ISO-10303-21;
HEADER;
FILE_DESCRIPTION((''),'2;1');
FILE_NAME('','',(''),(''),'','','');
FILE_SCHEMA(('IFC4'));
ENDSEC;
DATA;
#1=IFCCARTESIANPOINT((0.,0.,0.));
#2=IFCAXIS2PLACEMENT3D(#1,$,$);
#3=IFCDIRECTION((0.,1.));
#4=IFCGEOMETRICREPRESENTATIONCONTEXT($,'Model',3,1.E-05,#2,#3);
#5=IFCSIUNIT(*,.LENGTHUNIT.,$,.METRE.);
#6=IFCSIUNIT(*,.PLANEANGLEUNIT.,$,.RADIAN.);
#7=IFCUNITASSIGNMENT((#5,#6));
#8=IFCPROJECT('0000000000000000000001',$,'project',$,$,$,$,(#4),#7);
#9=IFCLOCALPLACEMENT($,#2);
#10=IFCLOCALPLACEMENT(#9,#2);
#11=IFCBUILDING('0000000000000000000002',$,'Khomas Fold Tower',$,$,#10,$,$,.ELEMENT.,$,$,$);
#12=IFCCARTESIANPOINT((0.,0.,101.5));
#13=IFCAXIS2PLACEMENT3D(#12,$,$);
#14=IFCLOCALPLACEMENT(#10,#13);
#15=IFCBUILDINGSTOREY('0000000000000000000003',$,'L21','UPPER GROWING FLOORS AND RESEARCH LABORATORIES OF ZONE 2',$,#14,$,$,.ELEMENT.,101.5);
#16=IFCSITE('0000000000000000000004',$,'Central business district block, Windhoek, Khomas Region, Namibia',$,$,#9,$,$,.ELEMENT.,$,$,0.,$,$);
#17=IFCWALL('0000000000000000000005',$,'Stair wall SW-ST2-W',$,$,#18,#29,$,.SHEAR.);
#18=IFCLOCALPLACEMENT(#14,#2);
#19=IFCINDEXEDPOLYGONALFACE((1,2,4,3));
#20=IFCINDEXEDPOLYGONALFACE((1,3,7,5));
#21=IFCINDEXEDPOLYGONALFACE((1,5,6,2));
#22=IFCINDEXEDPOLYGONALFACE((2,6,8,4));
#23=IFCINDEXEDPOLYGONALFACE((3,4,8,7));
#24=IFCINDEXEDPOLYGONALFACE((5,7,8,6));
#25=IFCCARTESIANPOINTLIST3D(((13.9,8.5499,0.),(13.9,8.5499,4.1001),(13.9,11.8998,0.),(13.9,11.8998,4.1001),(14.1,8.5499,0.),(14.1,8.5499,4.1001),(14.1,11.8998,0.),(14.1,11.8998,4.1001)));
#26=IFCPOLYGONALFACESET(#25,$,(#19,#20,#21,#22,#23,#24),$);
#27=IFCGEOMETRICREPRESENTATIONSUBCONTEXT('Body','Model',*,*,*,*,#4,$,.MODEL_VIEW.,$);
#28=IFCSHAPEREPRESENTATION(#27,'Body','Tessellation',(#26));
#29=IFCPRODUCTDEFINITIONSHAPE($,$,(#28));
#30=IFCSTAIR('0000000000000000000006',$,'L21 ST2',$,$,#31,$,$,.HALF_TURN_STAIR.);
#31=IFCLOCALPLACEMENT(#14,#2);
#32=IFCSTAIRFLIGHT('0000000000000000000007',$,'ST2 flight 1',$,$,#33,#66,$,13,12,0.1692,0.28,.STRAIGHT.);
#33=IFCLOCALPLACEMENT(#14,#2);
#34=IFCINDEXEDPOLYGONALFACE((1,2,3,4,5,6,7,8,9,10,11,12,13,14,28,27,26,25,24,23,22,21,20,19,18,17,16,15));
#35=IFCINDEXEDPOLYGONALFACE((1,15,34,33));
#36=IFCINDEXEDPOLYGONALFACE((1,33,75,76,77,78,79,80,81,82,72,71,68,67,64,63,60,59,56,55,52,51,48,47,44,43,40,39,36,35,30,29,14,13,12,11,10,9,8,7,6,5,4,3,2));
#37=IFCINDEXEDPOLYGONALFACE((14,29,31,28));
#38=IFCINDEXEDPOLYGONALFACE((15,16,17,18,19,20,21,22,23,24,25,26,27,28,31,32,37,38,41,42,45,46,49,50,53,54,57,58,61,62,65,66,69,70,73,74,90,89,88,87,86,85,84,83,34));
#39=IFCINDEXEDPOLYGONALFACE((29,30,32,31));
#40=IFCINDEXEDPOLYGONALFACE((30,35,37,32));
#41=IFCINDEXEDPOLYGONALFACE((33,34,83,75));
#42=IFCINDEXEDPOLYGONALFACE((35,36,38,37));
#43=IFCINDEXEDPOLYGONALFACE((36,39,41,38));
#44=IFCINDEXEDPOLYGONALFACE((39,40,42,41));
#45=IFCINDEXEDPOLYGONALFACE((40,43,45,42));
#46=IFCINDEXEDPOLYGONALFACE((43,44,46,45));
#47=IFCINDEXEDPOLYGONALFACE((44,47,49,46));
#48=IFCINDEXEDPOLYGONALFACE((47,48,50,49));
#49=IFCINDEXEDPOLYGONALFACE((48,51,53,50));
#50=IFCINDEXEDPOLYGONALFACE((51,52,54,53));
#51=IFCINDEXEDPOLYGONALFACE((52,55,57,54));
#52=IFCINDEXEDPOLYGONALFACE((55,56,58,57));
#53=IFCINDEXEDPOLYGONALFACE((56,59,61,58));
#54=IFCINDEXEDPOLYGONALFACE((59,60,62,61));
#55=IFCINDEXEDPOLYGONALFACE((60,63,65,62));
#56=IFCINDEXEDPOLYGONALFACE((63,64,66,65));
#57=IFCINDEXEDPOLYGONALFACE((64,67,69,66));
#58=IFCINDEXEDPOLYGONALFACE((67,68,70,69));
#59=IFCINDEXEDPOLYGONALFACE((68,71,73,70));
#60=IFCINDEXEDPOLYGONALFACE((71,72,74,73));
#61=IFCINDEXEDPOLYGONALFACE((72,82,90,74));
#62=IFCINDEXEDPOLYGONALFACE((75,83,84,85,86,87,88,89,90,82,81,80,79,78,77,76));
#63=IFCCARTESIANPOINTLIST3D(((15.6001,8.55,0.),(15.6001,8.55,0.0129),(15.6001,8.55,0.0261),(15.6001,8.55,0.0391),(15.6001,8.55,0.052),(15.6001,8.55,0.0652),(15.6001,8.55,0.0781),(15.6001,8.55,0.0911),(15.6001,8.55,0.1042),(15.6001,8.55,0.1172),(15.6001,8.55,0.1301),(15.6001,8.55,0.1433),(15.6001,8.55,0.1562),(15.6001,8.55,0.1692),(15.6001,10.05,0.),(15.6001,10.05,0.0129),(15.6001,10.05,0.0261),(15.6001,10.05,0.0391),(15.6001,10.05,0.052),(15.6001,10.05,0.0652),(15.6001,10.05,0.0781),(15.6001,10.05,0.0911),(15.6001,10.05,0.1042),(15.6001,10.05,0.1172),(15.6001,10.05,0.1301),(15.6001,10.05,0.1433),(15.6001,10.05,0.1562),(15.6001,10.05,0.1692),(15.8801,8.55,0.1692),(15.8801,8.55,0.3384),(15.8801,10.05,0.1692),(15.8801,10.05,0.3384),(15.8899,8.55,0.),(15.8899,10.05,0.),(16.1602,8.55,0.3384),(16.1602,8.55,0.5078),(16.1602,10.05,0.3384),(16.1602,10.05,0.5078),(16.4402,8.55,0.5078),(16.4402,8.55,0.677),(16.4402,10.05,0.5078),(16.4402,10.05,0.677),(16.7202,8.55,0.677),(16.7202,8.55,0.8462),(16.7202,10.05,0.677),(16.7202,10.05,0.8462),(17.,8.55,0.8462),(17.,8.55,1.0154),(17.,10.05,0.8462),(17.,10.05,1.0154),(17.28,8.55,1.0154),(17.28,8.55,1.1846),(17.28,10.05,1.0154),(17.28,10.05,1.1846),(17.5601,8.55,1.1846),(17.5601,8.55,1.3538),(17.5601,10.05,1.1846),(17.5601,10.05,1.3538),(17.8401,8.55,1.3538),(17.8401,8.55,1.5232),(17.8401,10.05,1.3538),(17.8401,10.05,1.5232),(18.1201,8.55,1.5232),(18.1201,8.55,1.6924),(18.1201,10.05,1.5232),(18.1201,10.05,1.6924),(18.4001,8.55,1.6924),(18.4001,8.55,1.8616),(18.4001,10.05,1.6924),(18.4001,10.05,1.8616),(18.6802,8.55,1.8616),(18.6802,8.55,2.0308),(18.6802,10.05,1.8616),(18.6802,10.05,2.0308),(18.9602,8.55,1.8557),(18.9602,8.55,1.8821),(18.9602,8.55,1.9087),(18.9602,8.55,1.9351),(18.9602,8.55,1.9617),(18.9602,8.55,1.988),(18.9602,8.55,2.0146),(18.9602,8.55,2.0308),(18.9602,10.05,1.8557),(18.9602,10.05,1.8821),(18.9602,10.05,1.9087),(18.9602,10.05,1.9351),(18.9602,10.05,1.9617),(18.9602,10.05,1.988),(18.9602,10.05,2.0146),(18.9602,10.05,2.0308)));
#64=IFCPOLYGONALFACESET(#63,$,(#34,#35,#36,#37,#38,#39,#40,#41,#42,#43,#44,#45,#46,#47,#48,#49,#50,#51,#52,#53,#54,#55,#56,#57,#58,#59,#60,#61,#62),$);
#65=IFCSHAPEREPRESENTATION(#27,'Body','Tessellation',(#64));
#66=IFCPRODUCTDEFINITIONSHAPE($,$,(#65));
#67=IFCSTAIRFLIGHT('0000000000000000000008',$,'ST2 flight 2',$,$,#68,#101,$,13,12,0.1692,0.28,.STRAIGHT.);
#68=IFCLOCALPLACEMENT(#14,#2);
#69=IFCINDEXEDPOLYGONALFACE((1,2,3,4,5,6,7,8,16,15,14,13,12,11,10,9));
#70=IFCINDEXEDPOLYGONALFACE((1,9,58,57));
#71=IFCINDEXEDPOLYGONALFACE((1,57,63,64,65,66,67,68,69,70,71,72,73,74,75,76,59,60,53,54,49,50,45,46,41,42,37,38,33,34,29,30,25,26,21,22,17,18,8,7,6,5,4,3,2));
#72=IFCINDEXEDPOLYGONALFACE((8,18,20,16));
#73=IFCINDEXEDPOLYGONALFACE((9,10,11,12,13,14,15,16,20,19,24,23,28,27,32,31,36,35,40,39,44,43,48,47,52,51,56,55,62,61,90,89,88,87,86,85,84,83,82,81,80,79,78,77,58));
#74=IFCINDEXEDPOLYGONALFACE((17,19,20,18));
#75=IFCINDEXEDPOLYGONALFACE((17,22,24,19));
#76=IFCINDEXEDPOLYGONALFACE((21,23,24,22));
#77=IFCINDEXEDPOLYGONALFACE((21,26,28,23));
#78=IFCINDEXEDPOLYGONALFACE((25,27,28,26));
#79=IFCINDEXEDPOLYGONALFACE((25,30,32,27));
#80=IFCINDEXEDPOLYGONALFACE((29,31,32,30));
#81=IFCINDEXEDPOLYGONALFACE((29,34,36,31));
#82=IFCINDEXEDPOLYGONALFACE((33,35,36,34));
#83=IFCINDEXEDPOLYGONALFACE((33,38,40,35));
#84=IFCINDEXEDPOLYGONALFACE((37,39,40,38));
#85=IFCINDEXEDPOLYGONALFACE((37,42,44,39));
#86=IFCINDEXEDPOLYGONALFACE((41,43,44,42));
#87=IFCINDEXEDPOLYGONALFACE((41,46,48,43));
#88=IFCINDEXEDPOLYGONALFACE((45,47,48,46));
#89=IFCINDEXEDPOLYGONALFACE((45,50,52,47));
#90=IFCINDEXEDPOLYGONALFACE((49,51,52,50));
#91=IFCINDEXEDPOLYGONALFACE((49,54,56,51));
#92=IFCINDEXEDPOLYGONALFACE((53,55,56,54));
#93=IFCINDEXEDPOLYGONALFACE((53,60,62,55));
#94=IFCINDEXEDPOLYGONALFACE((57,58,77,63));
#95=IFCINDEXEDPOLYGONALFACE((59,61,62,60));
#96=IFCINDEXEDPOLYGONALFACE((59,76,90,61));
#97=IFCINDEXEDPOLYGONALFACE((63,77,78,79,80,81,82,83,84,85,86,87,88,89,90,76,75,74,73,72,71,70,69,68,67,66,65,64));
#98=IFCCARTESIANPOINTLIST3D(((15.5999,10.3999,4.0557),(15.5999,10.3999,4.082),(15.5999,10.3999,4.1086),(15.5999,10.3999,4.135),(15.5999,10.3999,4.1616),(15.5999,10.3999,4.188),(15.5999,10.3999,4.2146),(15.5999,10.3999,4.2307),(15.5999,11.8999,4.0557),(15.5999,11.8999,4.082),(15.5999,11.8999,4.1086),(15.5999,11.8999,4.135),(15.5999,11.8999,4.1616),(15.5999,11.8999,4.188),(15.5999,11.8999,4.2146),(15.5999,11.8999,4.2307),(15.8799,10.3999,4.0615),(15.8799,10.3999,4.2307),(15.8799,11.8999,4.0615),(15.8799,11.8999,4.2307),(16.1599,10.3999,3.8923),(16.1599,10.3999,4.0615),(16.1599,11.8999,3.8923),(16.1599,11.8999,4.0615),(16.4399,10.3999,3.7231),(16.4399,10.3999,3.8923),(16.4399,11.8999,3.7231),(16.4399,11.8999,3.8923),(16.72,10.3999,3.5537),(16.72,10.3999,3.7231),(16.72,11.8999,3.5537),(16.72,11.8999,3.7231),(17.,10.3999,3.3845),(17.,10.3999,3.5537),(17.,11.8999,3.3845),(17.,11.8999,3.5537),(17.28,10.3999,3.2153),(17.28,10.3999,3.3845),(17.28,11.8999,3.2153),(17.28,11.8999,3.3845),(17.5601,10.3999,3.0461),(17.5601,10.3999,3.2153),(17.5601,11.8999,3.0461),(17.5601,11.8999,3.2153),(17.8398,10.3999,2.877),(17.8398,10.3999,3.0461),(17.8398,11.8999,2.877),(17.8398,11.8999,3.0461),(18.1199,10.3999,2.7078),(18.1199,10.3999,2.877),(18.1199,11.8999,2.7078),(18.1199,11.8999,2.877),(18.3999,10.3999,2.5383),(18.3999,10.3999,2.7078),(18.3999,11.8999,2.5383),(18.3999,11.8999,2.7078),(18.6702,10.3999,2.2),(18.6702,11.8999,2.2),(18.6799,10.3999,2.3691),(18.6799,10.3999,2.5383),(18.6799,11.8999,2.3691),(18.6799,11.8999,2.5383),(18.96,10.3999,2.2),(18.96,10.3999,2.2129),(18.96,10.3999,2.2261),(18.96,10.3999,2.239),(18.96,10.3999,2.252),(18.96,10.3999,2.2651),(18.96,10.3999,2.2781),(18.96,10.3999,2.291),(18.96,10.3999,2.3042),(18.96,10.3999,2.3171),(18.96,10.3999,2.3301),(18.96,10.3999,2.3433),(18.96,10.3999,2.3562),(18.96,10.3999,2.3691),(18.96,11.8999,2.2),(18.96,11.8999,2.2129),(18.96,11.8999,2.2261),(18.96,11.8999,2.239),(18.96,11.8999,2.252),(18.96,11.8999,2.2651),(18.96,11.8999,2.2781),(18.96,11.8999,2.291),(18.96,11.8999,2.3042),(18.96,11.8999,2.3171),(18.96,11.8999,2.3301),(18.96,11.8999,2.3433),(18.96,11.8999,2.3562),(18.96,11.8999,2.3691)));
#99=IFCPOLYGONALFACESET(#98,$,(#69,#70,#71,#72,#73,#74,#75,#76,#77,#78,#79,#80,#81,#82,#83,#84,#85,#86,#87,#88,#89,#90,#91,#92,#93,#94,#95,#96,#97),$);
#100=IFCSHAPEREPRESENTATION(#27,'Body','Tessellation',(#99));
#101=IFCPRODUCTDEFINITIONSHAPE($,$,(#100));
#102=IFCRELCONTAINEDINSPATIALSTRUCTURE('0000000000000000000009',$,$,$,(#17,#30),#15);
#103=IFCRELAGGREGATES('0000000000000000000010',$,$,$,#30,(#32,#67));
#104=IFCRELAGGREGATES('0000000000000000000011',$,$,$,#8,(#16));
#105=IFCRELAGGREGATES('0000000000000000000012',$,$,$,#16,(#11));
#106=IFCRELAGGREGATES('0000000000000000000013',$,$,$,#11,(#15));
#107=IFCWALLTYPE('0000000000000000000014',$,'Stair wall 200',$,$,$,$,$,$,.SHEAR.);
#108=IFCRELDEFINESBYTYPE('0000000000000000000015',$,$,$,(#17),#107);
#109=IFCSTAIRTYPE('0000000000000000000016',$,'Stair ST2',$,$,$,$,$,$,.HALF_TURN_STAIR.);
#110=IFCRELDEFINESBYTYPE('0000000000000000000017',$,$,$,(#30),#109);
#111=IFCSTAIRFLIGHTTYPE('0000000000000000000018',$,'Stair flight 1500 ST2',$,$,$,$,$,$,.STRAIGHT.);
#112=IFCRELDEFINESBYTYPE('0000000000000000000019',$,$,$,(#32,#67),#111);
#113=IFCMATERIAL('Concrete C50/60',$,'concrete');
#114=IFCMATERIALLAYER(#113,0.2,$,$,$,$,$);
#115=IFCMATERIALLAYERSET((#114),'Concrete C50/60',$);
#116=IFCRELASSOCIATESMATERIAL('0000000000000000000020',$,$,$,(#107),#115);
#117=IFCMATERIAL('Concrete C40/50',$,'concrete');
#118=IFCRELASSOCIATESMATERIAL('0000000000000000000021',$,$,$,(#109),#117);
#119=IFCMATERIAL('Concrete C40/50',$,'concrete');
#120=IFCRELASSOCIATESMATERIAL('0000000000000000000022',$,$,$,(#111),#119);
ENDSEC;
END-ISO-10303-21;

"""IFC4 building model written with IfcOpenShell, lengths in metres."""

from ifc_helpers import new_model, si_unit, direction, frame, frame_2d, origin, place, context, subcontext, project, spatial, polyline, rectangle, outline, extrude, source, transform, mapped, material, layer, layer_set, type_object, element, aggregate, save


model = new_model("IFC4")

# Units and contexts
model_context = context("Model", 3, precision=1e-05, world=origin(), true_north=direction((0.0, 1.0)))
body_context = subcontext(model_context, "Body", "Model", "MODEL_VIEW")
ifc_project = project(units=[si_unit("LENGTHUNIT", "METRE"), si_unit("PLANEANGLEUNIT", "RADIAN")], contexts=[model_context])

# Site, building, storey
site_placement = place(None, origin())
site = spatial("IfcSite", under=ifc_project, at=site_placement, Name="Central business district block, Windhoek, Khomas Region, Namibia", CompositionType="ELEMENT", RefElevation=0.0)
building_placement = place(site_placement, origin())
building = spatial("IfcBuilding", under=site, at=building_placement, Name="Khomas Fold Tower", CompositionType="ELEMENT")
storey_placement = place(building_placement, frame((0.0, 0.0, 101.5)))
storey = spatial("IfcBuildingStorey", under=building, at=storey_placement, Name="L21", Description="UPPER GROWING FLOORS AND RESEARCH LABORATORIES OF ZONE 2", CompositionType="ELEMENT", Elevation=101.5)

# Shared definitions
ifc_material_1 = material(Name="Concrete C50/60", Category="concrete")
ifc_layer_1 = layer(ifc_material_1, 0.2)
ifc_layer_set_1 = layer_set([ifc_layer_1], Name="Concrete C50/60")
wall_type_1 = type_object("IfcWallType", Name="Stair wall 200", PredefinedType="SHEAR", material=ifc_layer_set_1)

# Wall
shared_shape_1 = source(origin(), body_context, "Body", "SweptSolid", [
    extrude(rectangle(XDim=3.3499, YDim=0.2, at=frame_2d((1.6748, 0.0))), origin(), (0.0, 0.0, 1.0), 4.1001),
])
for number, where, z_axis, x_axis, name in (
    (1, (14.0, 8.55, 0.0), (0.0, 0.0, 1.0), (0.0, 1.0, 0.0), "Stair wall SW-ST2-W"),
):
    element("IfcWall", number, at=place(storey_placement, frame(where, z_axis=z_axis, x_axis=x_axis)), inside=storey, type_object=wall_type_1, Name=name, PredefinedType="SHEAR", context=body_context, shape_type="MappedRepresentation", body=[
        mapped(shared_shape_1, transform((0.0, 0.0, 0.0))),
    ])

# Stair, stair flights
ifc_material_2 = material(Name="Concrete C40/50", Category="concrete")
stair_type = type_object("IfcStairType", Name="Stair ST2", PredefinedType="HALF_TURN_STAIR", material=ifc_material_2)
stair_placement = place(storey_placement, origin())
stair = element("IfcStair", 2, at=stair_placement, inside=storey, type_object=stair_type, Name="L21 ST2", PredefinedType="HALF_TURN_STAIR")
ifc_material_3 = material(Name="Concrete C40/50", Category="concrete")
stair_flight_type = type_object("IfcStairFlightType", Name="Stair flight 1500 ST2", PredefinedType="STRAIGHT", material=ifc_material_3)
shared_shape_2 = source(origin(), body_context, "Body", "SweptSolid", [
    extrude(outline(polyline([(0.0, 0.0), (0.0, 0.0129), (0.0, 0.0261), (0.0, 0.0391), (0.0, 0.052), (0.0, 0.0652), (0.0, 0.0781), (0.0, 0.0911), (0.0, 0.1042), (0.0, 0.1172), (0.0, 0.1301), (0.0, 0.1433), (0.0, 0.1562), (0.0, 0.1692), (0.28, 0.1692), (0.28, 0.3384), (0.5601, 0.3384), (0.5601, 0.5078), (0.8401, 0.5078), (0.8401, 0.677), (1.1201, 0.677), (1.1201, 0.8462), (1.3999, 0.8462), (1.3999, 1.0154), (1.6799, 1.0154), (1.6799, 1.1846), (1.96, 1.1846), (1.96, 1.3538), (2.24, 1.3538), (2.24, 1.5232), (2.52, 1.5232), (2.52, 1.6924), (2.8, 1.6924), (2.8, 1.8616), (3.0801, 1.8616), (3.0801, 2.0308), (3.3601, 2.0308), (3.3601, 2.2), (3.3601, 2.1736), (3.3601, 2.147), (3.3601, 2.1206), (3.3601, 2.094), (3.3601, 2.0676), (3.3601, 2.041), (3.3601, 2.0146), (3.3601, 1.988), (3.3601, 1.9617), (3.3601, 1.9351), (3.3601, 1.9087), (3.3601, 1.8821), (3.3601, 1.8557), (0.2898, 0.0), (0.0, 0.0)])), frame((0.0, 0.75, 0.0), z_axis=(0.0, -1.0, 0.0), x_axis=(1.0, 0.0, 0.0)), (0.0, 0.0, 1.0), 1.5),
])
stair_flight_1_placement = place(storey_placement, frame((15.6001, 9.3, 0.0), z_axis=(0.0, 0.0, 1.0), x_axis=(1.0, 0.0, 0.0)))
stair_flight_1 = element("IfcStairFlight", 3, at=stair_flight_1_placement, type_object=stair_flight_type, Name="ST2 flight 1", NumberOfRisers=13, NumberOfTreads=12, PredefinedType="STRAIGHT", RiserHeight=0.1692, TreadLength=0.28, context=body_context, shape_type="MappedRepresentation", body=[
    mapped(shared_shape_2, transform((0.0, 0.0, 0.0))),
])
stair_flight_2_placement = place(storey_placement, frame((18.96, 11.1499, 2.2), z_axis=(0.0, 0.0, 1.0), x_axis=(-1.0, 0.0, 0.0)))
stair_flight_2 = element("IfcStairFlight", 4, at=stair_flight_2_placement, type_object=stair_flight_type, Name="ST2 flight 2", NumberOfRisers=13, NumberOfTreads=12, PredefinedType="STRAIGHT", RiserHeight=0.1692, TreadLength=0.28, context=body_context, shape_type="MappedRepresentation", body=[
    mapped(shared_shape_2, transform((0.0, 0.0, 0.0))),
])
aggregate(stair, [stair_flight_1, stair_flight_2])

save(model, "model.ifc")
